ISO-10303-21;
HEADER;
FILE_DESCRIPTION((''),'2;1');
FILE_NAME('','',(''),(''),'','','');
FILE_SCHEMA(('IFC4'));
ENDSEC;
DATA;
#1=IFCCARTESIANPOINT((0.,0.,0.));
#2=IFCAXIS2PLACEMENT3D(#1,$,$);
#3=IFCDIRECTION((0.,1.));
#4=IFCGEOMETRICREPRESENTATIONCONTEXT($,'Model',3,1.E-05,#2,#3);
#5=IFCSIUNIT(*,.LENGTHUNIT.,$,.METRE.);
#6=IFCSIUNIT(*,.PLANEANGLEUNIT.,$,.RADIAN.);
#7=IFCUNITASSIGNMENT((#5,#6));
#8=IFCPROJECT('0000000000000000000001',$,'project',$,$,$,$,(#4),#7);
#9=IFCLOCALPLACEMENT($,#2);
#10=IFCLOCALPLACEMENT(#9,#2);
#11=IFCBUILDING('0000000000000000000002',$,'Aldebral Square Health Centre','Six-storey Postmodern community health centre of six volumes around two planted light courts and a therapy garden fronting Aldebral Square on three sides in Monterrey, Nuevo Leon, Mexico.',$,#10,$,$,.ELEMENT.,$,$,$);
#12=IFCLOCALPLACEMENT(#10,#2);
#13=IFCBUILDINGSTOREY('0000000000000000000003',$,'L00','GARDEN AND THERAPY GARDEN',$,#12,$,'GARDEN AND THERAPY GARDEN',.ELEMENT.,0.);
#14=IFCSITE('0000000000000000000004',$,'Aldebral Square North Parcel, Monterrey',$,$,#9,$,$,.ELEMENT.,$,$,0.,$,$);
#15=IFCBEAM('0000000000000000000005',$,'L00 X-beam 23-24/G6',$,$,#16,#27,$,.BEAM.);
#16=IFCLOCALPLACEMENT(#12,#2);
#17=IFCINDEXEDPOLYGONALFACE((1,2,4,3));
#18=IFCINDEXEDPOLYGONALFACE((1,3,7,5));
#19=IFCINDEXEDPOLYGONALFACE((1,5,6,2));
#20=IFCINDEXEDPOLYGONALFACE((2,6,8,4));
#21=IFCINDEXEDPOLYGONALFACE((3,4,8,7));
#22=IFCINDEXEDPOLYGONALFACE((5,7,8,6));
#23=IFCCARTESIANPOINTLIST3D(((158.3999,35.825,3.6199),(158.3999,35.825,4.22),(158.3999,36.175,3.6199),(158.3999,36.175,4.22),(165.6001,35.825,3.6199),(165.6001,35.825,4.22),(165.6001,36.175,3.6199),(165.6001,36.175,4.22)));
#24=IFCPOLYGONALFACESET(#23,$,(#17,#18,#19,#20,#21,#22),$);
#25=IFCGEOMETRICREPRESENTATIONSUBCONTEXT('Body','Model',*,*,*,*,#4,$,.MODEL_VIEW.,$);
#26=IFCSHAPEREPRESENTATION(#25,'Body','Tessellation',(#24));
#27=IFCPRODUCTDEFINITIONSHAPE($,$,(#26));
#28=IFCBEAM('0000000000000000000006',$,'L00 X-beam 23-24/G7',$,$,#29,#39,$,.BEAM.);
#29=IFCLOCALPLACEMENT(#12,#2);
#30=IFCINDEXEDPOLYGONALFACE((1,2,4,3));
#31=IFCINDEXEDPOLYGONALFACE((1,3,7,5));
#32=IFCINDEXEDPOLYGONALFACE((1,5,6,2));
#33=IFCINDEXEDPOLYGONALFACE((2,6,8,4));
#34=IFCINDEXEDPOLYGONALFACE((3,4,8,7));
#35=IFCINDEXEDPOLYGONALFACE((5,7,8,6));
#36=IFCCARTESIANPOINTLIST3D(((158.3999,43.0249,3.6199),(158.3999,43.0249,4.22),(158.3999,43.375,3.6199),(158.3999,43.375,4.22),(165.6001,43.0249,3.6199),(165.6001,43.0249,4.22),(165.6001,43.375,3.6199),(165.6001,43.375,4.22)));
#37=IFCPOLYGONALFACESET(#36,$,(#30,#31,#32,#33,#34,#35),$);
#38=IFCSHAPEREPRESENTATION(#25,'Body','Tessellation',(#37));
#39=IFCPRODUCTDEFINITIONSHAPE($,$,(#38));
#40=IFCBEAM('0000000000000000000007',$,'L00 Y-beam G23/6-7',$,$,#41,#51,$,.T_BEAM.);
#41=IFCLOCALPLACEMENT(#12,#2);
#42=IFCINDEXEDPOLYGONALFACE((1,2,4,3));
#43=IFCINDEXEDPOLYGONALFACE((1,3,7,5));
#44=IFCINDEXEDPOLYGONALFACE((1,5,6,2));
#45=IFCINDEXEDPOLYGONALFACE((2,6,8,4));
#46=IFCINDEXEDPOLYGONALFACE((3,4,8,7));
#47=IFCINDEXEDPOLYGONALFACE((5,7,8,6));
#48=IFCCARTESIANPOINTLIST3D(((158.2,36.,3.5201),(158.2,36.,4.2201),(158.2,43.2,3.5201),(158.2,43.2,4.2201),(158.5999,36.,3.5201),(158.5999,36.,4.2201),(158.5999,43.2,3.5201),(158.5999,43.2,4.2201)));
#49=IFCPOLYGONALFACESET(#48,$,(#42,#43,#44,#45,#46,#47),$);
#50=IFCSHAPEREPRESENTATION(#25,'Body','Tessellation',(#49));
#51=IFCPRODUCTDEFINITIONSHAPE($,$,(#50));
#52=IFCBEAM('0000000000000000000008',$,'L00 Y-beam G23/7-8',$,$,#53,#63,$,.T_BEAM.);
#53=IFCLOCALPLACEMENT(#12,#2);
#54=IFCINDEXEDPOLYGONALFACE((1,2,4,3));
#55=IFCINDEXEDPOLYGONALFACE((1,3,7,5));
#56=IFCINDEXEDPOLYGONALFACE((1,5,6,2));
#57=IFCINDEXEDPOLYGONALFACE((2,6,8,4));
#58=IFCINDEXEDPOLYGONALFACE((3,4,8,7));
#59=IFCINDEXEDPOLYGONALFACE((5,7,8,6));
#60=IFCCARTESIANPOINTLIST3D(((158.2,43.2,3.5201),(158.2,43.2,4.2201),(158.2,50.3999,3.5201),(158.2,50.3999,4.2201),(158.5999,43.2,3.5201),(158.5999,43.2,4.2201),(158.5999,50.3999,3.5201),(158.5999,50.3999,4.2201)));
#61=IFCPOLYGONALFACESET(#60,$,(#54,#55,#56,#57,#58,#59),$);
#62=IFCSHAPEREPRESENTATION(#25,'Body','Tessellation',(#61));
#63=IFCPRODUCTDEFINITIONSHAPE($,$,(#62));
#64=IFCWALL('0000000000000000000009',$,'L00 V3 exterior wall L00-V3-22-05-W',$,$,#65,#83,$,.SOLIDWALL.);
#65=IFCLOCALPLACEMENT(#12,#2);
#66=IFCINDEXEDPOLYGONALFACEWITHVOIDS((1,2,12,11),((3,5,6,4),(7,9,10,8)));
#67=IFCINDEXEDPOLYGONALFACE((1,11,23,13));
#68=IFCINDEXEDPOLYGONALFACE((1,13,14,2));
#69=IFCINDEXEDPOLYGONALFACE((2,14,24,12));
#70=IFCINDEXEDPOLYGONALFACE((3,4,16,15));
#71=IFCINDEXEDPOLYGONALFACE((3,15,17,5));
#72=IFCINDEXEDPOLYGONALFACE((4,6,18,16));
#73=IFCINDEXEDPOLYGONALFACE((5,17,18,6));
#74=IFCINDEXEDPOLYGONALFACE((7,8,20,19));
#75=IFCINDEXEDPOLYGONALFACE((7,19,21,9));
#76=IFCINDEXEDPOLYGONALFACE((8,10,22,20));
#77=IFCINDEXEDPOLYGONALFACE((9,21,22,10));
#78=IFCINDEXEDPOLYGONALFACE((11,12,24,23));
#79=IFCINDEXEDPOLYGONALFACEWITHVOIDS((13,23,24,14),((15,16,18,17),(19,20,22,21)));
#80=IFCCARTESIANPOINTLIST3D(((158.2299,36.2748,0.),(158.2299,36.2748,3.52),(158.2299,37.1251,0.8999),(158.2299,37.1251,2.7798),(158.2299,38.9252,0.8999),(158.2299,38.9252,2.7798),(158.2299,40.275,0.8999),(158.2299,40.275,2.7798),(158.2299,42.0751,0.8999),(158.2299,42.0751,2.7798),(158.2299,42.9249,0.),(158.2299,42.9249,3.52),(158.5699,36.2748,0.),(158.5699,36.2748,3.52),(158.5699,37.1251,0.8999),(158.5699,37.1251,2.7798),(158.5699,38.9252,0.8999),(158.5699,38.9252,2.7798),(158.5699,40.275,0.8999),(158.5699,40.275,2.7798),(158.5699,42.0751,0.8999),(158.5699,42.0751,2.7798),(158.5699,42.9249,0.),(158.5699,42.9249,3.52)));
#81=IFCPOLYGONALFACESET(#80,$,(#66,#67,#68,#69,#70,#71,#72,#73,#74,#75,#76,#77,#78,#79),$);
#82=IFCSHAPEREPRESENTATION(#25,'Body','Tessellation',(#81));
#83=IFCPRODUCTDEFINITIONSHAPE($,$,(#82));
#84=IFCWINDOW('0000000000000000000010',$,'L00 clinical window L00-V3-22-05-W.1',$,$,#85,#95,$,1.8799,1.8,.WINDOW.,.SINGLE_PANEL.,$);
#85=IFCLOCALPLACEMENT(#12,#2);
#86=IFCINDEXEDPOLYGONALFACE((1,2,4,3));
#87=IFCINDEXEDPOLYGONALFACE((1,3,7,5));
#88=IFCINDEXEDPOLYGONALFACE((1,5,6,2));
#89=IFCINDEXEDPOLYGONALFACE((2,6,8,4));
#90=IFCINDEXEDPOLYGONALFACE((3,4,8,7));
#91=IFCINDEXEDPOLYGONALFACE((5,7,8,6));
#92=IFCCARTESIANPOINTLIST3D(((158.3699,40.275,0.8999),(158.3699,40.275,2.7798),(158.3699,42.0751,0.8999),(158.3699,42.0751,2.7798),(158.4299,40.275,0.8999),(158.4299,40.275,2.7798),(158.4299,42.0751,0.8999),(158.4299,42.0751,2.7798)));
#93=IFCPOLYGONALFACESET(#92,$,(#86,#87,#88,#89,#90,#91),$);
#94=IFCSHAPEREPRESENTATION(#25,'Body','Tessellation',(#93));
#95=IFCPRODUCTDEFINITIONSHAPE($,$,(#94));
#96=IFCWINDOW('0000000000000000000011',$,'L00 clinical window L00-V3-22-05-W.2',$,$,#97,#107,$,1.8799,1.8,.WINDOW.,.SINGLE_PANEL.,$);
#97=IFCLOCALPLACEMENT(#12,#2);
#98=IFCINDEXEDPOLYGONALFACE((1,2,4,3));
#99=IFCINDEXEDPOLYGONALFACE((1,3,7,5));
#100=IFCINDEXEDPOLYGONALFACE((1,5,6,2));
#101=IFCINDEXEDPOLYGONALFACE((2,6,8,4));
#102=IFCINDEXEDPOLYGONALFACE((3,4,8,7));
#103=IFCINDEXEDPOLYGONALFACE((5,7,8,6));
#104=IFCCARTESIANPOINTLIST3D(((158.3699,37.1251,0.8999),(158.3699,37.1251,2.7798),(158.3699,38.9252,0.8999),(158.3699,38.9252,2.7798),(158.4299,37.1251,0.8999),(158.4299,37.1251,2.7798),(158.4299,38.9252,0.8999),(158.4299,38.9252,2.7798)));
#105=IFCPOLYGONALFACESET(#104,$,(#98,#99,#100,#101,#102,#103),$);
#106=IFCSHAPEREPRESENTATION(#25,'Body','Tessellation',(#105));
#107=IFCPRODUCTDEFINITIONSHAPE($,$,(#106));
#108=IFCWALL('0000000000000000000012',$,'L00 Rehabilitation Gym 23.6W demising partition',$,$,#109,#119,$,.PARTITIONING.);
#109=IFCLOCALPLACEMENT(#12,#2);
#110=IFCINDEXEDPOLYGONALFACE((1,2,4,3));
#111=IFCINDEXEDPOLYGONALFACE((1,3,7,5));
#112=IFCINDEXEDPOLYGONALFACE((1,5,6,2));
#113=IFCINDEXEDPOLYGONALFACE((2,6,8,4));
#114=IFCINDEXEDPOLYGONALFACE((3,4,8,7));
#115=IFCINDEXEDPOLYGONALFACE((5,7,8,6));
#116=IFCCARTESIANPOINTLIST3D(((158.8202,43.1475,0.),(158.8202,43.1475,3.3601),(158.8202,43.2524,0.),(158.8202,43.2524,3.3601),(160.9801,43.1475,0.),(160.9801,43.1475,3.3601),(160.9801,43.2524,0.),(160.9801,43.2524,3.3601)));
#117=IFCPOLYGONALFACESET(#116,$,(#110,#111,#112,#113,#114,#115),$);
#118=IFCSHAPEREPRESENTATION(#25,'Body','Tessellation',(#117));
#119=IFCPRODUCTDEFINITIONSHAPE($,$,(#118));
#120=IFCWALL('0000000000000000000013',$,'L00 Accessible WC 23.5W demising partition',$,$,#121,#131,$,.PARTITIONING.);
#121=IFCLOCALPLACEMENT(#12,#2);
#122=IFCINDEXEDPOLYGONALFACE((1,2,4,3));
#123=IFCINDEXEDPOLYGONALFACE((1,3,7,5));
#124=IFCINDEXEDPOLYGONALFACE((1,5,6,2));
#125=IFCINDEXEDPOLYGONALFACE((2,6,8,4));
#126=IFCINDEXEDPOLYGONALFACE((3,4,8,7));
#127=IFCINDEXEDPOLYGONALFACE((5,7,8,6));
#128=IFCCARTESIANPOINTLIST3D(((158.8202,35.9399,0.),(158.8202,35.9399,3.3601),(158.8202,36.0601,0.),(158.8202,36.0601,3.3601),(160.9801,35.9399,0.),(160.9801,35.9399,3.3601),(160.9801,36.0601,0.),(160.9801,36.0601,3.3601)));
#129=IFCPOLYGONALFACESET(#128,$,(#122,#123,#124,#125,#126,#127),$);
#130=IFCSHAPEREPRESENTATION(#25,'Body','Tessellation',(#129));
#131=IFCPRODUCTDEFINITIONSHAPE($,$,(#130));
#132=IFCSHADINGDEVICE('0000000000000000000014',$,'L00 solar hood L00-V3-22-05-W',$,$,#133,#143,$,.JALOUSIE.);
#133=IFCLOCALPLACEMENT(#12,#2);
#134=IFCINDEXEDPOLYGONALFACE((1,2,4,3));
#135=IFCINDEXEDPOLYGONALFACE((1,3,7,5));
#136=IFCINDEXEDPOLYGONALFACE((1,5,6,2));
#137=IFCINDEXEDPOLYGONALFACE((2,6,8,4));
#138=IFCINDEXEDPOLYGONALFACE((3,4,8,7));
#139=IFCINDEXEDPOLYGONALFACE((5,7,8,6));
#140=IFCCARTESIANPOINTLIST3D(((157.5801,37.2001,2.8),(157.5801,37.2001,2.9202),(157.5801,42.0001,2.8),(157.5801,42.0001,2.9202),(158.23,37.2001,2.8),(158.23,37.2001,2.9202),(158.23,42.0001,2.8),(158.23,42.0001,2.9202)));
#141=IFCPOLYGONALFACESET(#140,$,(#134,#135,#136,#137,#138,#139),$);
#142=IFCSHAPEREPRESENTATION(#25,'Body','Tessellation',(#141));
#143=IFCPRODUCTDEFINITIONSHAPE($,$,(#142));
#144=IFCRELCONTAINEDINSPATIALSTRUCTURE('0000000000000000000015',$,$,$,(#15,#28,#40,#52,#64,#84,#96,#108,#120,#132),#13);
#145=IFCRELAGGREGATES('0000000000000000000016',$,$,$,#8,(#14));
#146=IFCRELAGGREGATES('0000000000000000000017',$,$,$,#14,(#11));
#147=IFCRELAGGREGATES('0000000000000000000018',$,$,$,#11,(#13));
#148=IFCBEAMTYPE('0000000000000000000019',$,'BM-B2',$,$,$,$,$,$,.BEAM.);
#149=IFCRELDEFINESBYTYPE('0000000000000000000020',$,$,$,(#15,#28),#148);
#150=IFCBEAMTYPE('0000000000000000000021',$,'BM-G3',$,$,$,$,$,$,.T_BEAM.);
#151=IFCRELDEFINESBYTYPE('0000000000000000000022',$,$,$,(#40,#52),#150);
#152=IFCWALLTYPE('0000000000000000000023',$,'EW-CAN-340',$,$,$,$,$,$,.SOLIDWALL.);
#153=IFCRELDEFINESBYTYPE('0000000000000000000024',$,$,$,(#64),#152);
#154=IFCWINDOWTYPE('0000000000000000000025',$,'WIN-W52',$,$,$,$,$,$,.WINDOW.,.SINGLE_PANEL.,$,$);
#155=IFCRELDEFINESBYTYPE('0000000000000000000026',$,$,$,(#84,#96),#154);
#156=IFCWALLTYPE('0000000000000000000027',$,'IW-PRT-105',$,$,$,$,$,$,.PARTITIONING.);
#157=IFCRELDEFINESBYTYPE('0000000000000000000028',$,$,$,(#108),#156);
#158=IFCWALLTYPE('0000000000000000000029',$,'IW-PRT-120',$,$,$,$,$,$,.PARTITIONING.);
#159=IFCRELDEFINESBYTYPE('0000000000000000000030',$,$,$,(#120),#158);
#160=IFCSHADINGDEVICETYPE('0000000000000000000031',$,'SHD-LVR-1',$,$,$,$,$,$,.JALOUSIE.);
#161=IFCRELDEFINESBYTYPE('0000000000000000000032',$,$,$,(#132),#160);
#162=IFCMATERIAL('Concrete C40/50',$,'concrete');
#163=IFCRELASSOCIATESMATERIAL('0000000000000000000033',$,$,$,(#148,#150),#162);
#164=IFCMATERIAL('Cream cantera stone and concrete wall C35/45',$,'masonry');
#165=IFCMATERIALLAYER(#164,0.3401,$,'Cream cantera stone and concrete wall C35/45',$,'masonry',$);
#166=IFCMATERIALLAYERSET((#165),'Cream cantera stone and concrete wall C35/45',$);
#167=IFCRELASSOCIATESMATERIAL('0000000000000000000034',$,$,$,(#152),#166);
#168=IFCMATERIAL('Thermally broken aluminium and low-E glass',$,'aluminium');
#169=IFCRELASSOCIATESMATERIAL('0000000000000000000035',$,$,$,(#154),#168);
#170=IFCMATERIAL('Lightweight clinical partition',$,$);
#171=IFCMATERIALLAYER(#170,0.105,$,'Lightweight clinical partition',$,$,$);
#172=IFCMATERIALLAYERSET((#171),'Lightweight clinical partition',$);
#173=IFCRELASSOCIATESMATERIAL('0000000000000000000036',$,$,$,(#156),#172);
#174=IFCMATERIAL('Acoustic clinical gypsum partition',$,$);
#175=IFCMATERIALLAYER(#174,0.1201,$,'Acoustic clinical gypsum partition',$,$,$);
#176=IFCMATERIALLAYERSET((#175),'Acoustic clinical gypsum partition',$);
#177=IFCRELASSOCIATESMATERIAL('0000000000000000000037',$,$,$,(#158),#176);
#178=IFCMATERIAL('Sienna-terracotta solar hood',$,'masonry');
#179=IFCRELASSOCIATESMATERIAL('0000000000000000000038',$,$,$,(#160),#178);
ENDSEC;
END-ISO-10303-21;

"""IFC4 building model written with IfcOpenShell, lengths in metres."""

from ifc_helpers import new_model, si_unit, direction, frame, frame_2d, origin, origin_2d, place, context, subcontext, project, spatial, rectangle, extrude, material, layer, layer_set, material_profile, profile_set, type_object, element, fill, save


model = new_model("IFC4")

# Units and contexts
model_context = context("Model", 3, precision=1e-05, world=origin(), true_north=direction((0.0, 1.0)))
body_context = subcontext(model_context, "Body", "Model", "MODEL_VIEW")
ifc_project = project(units=[si_unit("LENGTHUNIT", "METRE"), si_unit("PLANEANGLEUNIT", "RADIAN")], contexts=[model_context])

# Site, building, storey
site_placement = place(None, origin())
site = spatial("IfcSite", under=ifc_project, at=site_placement, Name="Aldebral Square North Parcel, Monterrey", CompositionType="ELEMENT", RefElevation=0.0)
building_placement = place(site_placement, origin())
building = spatial("IfcBuilding", under=site, at=building_placement, Name="Aldebral Square Health Centre", Description="Six-storey Postmodern community health centre of six volumes around two planted light courts and a therapy garden fronting Aldebral Square on three sides in Monterrey, Nuevo Leon, Mexico.", CompositionType="ELEMENT")
storey_placement = place(building_placement, origin())
storey = spatial("IfcBuildingStorey", under=building, at=storey_placement, Name="L00", Description="GARDEN AND THERAPY GARDEN", LongName="GARDEN AND THERAPY GARDEN", CompositionType="ELEMENT", Elevation=0.0)

# Shared definitions
ifc_material_1 = material(Name="Concrete C40/50", Category="concrete")

# Beams
ifc_material_profile_1 = material_profile(ifc_material_1, rectangle(XDim=0.3501, YDim=0.6001, at=origin_2d()), Name="RC 350x600")
ifc_profile_set_1 = profile_set([ifc_material_profile_1], Name="Concrete C40/50")
beam_type_1 = type_object("IfcBeamType", Name="BM-B2", PredefinedType="BEAM", material=ifc_profile_set_1)
for number, where, z_axis, x_axis, name in (
    (1, (158.3999, 36.0, 3.9199), (1.0, 0.0, 0.0), (0.0, 1.0, 0.0), "L00 X-beam 23-24/G6"),
    (2, (158.3999, 43.2, 3.9199), (1.0, 0.0, 0.0), (0.0, 1.0, 0.0), "L00 X-beam 23-24/G7"),
):
    element("IfcBeam", number, at=place(storey_placement, frame(where, z_axis=z_axis, x_axis=x_axis)), inside=storey, type_object=beam_type_1, Name=name, PredefinedType="BEAM", context=body_context, shape_type="SweptSolid", body=[
        extrude(rectangle(XDim=0.3501, YDim=0.6001, at=origin_2d()), origin(), (0.0, 0.0, 1.0), 7.2002),
    ])
ifc_material_profile_2 = material_profile(ifc_material_1, rectangle(XDim=0.3999, YDim=0.7, at=origin_2d()), Name="RC 400x700")
ifc_profile_set_2 = profile_set([ifc_material_profile_2], Name="Concrete C40/50")
beam_type_2 = type_object("IfcBeamType", Name="BM-G3", PredefinedType="T_BEAM", material=ifc_profile_set_2)
for number, where, z_axis, x_axis, name in (
    (3, (158.3999, 36.0, 3.8701), (0.0, 1.0, 0.0), (-1.0, 0.0, 0.0), "L00 Y-beam G23/6-7"),
    (4, (158.3999, 43.2, 3.8701), (0.0, 1.0, 0.0), (-1.0, 0.0, 0.0), "L00 Y-beam G23/7-8"),
):
    element("IfcBeam", number, at=place(storey_placement, frame(where, z_axis=z_axis, x_axis=x_axis)), inside=storey, type_object=beam_type_2, Name=name, PredefinedType="T_BEAM", context=body_context, shape_type="SweptSolid", body=[
        extrude(rectangle(XDim=0.3999, YDim=0.7, at=origin_2d()), origin(), (0.0, 0.0, 1.0), 7.2),
    ])

# Wall, openings, windows
ifc_material_2 = material(Name="Cream cantera stone and concrete wall C35/45", Category="masonry")
ifc_layer_1 = layer(ifc_material_2, 0.3401, Name="Cream cantera stone and concrete wall C35/45", Category="masonry")
ifc_layer_set_1 = layer_set([ifc_layer_1], Name="Cream cantera stone and concrete wall C35/45")
wall_type_1 = type_object("IfcWallType", Name="EW-CAN-340", PredefinedType="SOLIDWALL", material=ifc_layer_set_1)
wall_1_placement = place(storey_placement, frame((158.3999, 42.925, 0.0), z_axis=(0.0, 0.0, 1.0), x_axis=(0.0, -1.0, 0.0)))
wall_1 = element("IfcWall", 5, at=wall_1_placement, inside=storey, type_object=wall_type_1, Name="L00 V3 exterior wall L00-V3-22-05-W", PredefinedType="SOLIDWALL", context=body_context, shape_type="SweptSolid", body=[
    extrude(rectangle(XDim=6.6501, YDim=0.3401, at=frame_2d((3.3252, 0.0))), origin(), (0.0, 0.0, 1.0), 3.52),
])
opening_1_placement = place(wall_1_placement, frame((0.8501, 0.0, 0.8999)))
opening_1 = element("IfcOpeningElement", 6, at=opening_1_placement, cuts=wall_1, PredefinedType="OPENING", context=body_context, shape_type="SweptSolid", body=[
    extrude(rectangle(XDim=1.8, YDim=1.8799, at=frame_2d((0.8999, 0.9399))), frame((0.0, 0.1802, 0.0), z_axis=(0.0, -1.0, 0.0), x_axis=(1.0, 0.0, 0.0)), (0.0, 0.0, 1.0), 0.3601),
])
opening_2_placement = place(wall_1_placement, frame((4.0, 0.0, 0.8999)))
opening_2 = element("IfcOpeningElement", 7, at=opening_2_placement, cuts=wall_1, PredefinedType="OPENING", context=body_context, shape_type="SweptSolid", body=[
    extrude(rectangle(XDim=1.8, YDim=1.8799, at=frame_2d((0.8999, 0.9399))), frame((0.0, 0.1802, 0.0), z_axis=(0.0, -1.0, 0.0), x_axis=(1.0, 0.0, 0.0)), (0.0, 0.0, 1.0), 0.3601),
])
ifc_material_3 = material(Name="Thermally broken aluminium and low-E glass", Category="aluminium")
window_type = type_object("IfcWindowType", Name="WIN-W52", PartitioningType="SINGLE_PANEL", PredefinedType="WINDOW", material=ifc_material_3)
window_1_placement = place(opening_1_placement, origin())
window_1 = element("IfcWindow", 8, at=window_1_placement, inside=storey, type_object=window_type, Name="L00 clinical window L00-V3-22-05-W.1", OverallHeight=1.8799, OverallWidth=1.8, PartitioningType="SINGLE_PANEL", PredefinedType="WINDOW", context=body_context, shape_type="SweptSolid", body=[
    extrude(rectangle(XDim=1.8, YDim=1.8799, at=frame_2d((0.8999, 0.9399))), frame((0.0, 0.03, 0.0), z_axis=(0.0, -1.0, 0.0), x_axis=(1.0, 0.0, 0.0)), (0.0, 0.0, 1.0), 0.0601),
])
fill(opening_1, window_1)
window_2_placement = place(opening_2_placement, origin())
window_2 = element("IfcWindow", 9, at=window_2_placement, inside=storey, type_object=window_type, Name="L00 clinical window L00-V3-22-05-W.2", OverallHeight=1.8799, OverallWidth=1.8, PartitioningType="SINGLE_PANEL", PredefinedType="WINDOW", context=body_context, shape_type="SweptSolid", body=[
    extrude(rectangle(XDim=1.8, YDim=1.8799, at=frame_2d((0.8999, 0.9399))), frame((0.0, 0.03, 0.0), z_axis=(0.0, -1.0, 0.0), x_axis=(1.0, 0.0, 0.0)), (0.0, 0.0, 1.0), 0.0601),
])
fill(opening_2, window_2)

# Walls
ifc_material_4 = material(Name="Lightweight clinical partition")
ifc_layer_2 = layer(ifc_material_4, 0.105, Name="Lightweight clinical partition")
ifc_layer_set_2 = layer_set([ifc_layer_2], Name="Lightweight clinical partition")
wall_type_2 = type_object("IfcWallType", Name="IW-PRT-105", PredefinedType="PARTITIONING", material=ifc_layer_set_2)
wall_2_placement = place(storey_placement, frame((158.8201, 43.2, 0.0), z_axis=(0.0, 0.0, 1.0), x_axis=(1.0, 0.0, 0.0)))
element("IfcWall", 10, at=wall_2_placement, inside=storey, type_object=wall_type_2, Name="L00 Rehabilitation Gym 23.6W demising partition", PredefinedType="PARTITIONING", context=body_context, shape_type="SweptSolid", body=[
    extrude(rectangle(XDim=2.1599, YDim=0.105, at=frame_2d((1.0801, 0.0))), origin(), (0.0, 0.0, 1.0), 3.3601),
])
ifc_material_5 = material(Name="Acoustic clinical gypsum partition")
ifc_layer_3 = layer(ifc_material_5, 0.1201, Name="Acoustic clinical gypsum partition")
ifc_layer_set_3 = layer_set([ifc_layer_3], Name="Acoustic clinical gypsum partition")
wall_type_3 = type_object("IfcWallType", Name="IW-PRT-120", PredefinedType="PARTITIONING", material=ifc_layer_set_3)
wall_3_placement = place(storey_placement, frame((158.8201, 36.0, 0.0), z_axis=(0.0, 0.0, 1.0), x_axis=(1.0, 0.0, 0.0)))
element("IfcWall", 11, at=wall_3_placement, inside=storey, type_object=wall_type_3, Name="L00 Accessible WC 23.5W demising partition", PredefinedType="PARTITIONING", context=body_context, shape_type="SweptSolid", body=[
    extrude(rectangle(XDim=2.1599, YDim=0.1201, at=frame_2d((1.0801, 0.0))), origin(), (0.0, 0.0, 1.0), 3.3601),
])

# Shading device
ifc_material_6 = material(Name="Sienna-terracotta solar hood", Category="masonry")
shading_device_type = type_object("IfcShadingDeviceType", Name="SHD-LVR-1", PredefinedType="JALOUSIE", material=ifc_material_6)
shading_device_placement = place(storey_placement, frame((157.905, 39.6001, 2.8), z_axis=(0.0, 0.0, 1.0), x_axis=(0.0, 1.0, 0.0)))
element("IfcShadingDevice", 12, at=shading_device_placement, inside=storey, type_object=shading_device_type, Name="L00 solar hood L00-V3-22-05-W", PredefinedType="JALOUSIE", context=body_context, shape_type="SweptSolid", body=[
    extrude(rectangle(XDim=4.8, YDim=0.6499, at=origin_2d()), origin(), (0.0, 0.0, 1.0), 0.1201),
])

save(model, "model.ifc")
